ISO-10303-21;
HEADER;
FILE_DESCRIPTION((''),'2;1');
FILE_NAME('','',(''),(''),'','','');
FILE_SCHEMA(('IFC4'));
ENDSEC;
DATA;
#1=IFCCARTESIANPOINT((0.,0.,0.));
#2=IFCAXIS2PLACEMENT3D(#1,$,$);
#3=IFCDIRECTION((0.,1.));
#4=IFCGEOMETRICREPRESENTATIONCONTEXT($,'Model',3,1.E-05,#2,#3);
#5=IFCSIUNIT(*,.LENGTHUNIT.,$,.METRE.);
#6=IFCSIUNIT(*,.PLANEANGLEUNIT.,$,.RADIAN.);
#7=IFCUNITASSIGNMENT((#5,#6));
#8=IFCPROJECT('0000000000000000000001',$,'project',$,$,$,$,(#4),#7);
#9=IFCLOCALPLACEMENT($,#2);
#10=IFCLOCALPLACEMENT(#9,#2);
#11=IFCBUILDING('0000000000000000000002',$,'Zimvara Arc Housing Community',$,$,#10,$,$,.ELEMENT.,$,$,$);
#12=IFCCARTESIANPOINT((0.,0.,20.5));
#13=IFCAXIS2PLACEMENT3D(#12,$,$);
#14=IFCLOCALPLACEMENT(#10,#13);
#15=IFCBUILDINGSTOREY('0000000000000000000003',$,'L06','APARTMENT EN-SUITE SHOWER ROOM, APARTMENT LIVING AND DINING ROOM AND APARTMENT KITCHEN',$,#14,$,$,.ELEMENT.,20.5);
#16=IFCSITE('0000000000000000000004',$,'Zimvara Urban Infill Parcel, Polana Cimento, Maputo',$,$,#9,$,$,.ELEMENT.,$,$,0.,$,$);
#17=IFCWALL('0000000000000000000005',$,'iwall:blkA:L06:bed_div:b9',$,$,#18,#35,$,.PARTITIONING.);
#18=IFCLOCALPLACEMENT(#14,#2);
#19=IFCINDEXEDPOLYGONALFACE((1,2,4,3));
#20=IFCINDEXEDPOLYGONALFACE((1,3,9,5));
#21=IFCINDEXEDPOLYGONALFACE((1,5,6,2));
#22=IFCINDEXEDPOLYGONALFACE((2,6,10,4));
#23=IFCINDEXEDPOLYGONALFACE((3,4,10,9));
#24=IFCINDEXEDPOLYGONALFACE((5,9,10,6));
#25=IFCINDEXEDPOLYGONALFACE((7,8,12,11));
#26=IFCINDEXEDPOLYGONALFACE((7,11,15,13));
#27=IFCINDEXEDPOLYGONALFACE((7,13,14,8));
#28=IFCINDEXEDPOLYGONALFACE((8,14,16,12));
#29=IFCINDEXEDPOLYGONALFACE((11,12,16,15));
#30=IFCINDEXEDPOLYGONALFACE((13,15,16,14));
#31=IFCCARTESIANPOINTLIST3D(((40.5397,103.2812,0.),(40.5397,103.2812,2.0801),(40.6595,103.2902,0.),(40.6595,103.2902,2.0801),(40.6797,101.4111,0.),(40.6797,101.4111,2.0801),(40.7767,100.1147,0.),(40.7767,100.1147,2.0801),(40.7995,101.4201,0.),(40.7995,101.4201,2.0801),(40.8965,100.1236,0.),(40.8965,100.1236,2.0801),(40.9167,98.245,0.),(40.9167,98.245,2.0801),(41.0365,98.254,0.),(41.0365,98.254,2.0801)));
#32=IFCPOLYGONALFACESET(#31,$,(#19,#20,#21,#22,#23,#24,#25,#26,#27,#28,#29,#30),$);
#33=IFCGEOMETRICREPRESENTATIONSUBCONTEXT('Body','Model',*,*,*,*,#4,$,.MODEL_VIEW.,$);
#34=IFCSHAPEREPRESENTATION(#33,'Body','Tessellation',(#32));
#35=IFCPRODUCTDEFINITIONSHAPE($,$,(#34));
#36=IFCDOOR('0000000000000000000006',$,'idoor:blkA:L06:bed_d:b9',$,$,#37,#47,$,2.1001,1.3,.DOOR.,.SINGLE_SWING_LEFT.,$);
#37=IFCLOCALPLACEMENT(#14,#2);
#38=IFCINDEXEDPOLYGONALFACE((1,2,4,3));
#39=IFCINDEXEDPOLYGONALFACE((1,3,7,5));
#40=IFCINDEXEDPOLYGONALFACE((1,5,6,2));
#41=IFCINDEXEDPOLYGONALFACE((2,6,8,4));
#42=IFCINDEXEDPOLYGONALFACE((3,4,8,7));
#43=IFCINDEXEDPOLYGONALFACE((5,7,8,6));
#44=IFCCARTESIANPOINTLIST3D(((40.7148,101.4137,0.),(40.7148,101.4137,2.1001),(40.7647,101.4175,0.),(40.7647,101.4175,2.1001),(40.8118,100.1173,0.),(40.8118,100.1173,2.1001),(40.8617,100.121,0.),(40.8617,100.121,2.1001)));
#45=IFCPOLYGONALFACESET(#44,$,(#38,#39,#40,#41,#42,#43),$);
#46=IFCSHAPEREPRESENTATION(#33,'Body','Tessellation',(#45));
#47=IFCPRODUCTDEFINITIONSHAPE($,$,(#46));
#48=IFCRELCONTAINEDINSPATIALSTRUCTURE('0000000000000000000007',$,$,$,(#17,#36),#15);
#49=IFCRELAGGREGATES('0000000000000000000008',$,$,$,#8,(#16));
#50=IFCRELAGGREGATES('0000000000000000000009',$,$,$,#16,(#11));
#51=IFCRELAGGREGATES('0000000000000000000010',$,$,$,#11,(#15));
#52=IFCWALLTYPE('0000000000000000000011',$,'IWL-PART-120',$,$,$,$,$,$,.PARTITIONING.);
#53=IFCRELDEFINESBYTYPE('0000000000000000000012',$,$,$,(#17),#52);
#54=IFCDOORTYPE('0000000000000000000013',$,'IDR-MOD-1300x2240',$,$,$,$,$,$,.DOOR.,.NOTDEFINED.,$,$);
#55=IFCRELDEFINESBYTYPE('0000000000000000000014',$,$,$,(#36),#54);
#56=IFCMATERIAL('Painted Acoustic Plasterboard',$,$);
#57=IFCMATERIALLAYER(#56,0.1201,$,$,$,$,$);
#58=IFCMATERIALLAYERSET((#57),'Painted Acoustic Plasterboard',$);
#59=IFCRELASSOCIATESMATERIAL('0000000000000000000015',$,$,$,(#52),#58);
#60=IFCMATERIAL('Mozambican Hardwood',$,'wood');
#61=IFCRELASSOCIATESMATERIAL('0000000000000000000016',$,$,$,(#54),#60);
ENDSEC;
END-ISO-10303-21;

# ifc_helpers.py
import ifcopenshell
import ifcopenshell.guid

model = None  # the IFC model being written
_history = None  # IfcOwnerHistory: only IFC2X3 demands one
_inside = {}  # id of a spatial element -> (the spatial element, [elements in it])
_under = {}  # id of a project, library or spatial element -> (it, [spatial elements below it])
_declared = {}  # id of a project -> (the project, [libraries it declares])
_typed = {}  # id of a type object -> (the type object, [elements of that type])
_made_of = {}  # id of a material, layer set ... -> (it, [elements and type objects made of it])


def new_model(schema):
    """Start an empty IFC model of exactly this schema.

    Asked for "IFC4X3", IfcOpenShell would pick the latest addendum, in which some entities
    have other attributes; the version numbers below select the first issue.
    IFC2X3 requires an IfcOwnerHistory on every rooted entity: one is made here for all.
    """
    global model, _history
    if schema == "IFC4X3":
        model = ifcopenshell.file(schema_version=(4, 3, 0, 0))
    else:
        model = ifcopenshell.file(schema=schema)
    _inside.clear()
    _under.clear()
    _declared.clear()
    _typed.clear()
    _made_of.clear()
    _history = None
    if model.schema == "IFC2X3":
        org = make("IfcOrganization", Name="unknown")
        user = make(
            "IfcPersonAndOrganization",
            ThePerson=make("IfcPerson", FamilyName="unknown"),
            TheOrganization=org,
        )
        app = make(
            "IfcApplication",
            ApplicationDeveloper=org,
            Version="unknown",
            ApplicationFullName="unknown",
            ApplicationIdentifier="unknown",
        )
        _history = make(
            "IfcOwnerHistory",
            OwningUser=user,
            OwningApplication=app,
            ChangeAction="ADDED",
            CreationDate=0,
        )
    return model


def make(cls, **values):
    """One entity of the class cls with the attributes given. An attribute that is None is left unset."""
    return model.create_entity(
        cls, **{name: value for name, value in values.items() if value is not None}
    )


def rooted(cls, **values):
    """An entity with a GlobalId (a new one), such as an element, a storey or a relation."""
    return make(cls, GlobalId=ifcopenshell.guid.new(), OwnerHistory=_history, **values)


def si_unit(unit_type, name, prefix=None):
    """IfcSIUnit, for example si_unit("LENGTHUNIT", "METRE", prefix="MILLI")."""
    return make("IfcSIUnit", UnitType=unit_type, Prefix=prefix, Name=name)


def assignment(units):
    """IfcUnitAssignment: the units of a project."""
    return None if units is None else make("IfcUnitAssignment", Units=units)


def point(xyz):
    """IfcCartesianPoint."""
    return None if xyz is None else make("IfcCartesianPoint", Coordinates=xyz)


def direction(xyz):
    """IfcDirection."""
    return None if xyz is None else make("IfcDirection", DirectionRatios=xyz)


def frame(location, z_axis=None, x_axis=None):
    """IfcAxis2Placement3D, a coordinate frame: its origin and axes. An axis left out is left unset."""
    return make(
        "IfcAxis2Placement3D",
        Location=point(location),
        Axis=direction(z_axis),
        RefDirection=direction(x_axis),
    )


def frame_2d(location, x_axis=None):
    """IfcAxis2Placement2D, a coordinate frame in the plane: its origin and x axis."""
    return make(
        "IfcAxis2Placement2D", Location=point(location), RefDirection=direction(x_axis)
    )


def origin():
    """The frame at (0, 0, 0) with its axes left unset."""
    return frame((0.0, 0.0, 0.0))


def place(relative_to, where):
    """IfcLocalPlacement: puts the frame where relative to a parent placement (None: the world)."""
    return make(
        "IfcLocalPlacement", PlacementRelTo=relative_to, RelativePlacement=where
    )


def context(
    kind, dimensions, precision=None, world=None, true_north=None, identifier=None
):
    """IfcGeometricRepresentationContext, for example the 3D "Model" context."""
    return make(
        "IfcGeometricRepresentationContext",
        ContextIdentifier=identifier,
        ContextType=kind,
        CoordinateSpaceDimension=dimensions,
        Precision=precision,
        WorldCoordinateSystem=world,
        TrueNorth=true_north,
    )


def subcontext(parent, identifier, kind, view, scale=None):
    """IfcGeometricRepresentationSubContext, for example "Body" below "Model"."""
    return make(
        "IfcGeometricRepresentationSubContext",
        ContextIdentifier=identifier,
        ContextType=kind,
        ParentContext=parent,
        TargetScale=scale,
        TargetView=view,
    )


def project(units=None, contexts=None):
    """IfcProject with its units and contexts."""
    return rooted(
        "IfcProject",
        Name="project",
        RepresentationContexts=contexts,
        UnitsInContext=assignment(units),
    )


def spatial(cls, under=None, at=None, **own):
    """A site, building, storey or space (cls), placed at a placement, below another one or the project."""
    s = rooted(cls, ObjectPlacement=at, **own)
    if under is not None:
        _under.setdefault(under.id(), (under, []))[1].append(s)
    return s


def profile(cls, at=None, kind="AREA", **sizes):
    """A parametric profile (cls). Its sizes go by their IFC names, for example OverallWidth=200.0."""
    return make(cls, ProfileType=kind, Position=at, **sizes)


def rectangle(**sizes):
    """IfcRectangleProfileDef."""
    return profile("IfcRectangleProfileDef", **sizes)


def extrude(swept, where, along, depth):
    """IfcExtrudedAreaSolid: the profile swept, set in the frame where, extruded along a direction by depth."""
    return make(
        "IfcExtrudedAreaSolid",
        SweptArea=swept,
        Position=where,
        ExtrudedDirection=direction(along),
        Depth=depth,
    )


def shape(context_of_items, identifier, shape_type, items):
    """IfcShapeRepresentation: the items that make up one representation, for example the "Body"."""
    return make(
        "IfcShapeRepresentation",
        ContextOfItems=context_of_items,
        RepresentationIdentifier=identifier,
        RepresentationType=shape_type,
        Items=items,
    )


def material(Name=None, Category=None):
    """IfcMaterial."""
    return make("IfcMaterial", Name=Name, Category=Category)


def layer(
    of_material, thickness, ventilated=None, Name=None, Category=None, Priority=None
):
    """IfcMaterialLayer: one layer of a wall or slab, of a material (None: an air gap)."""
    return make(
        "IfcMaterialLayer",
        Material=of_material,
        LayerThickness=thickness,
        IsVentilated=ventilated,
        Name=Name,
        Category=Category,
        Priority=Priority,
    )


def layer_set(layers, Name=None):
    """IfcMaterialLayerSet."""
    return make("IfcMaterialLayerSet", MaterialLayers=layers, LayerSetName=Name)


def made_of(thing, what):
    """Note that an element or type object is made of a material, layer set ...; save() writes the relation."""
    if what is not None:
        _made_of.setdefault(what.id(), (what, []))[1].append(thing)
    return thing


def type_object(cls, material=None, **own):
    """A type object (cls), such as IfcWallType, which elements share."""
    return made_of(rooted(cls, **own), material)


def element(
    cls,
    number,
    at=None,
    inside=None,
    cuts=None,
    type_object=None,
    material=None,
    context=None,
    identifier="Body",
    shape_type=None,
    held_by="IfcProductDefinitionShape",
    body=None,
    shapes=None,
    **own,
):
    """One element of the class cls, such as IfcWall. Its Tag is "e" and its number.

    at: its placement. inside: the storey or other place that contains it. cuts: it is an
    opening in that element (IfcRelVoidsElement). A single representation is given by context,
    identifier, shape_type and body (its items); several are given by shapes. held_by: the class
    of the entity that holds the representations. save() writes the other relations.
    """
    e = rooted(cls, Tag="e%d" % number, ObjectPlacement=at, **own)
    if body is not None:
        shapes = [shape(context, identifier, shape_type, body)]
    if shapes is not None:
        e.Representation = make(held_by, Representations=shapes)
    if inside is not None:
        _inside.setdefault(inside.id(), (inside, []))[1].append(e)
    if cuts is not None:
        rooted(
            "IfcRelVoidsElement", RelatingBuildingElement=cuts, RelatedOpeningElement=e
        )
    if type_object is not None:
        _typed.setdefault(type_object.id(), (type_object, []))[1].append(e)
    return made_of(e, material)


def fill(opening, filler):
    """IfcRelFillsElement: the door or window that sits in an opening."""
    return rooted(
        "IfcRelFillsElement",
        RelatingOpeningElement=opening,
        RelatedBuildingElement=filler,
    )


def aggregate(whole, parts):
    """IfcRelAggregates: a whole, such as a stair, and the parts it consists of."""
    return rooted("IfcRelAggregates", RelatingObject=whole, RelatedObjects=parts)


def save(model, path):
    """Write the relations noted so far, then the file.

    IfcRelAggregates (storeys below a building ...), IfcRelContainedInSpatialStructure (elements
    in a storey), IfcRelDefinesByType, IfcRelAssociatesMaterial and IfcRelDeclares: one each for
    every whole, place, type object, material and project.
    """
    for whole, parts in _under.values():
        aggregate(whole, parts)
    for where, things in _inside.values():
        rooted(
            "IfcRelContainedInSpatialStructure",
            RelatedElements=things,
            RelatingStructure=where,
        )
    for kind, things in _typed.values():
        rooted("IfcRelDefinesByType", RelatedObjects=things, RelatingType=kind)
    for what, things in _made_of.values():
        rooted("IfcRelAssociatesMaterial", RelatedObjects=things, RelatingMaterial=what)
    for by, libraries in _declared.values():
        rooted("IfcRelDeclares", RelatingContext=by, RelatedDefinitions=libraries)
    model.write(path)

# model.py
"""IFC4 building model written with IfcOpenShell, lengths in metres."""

from ifc_helpers import new_model, si_unit, direction, frame, frame_2d, origin, place, context, subcontext, project, spatial, rectangle, extrude, material, layer, layer_set, type_object, element, fill, save


model = new_model("IFC4")

# Units and contexts
model_context = context("Model", 3, precision=1e-05, world=origin(), true_north=direction((0.0, 1.0)))
body_context = subcontext(model_context, "Body", "Model", "MODEL_VIEW")
ifc_project = project(units=[si_unit("LENGTHUNIT", "METRE"), si_unit("PLANEANGLEUNIT", "RADIAN")], contexts=[model_context])

# Site, building, storey
site_placement = place(None, origin())
site = spatial("IfcSite", under=ifc_project, at=site_placement, Name="Zimvara Urban Infill Parcel, Polana Cimento, Maputo", CompositionType="ELEMENT", RefElevation=0.0)
building_placement = place(site_placement, origin())
building = spatial("IfcBuilding", under=site, at=building_placement, Name="Zimvara Arc Housing Community", CompositionType="ELEMENT")
storey_placement = place(building_placement, frame((0.0, 0.0, 20.5)))
storey = spatial("IfcBuildingStorey", under=building, at=storey_placement, Name="L06", Description="APARTMENT EN-SUITE SHOWER ROOM, APARTMENT LIVING AND DINING ROOM AND APARTMENT KITCHEN", CompositionType="ELEMENT", Elevation=20.5)

# Wall, opening, door
ifc_material_1 = material(Name="Painted Acoustic Plasterboard")
ifc_layer_1 = layer(ifc_material_1, 0.1201)
ifc_layer_set_1 = layer_set([ifc_layer_1], Name="Painted Acoustic Plasterboard")
wall_type_1 = type_object("IfcWallType", Name="IWL-PART-120", PredefinedType="PARTITIONING", material=ifc_layer_set_1)
wall_1_placement = place(storey_placement, frame((40.9766, 98.2495, 0.0), z_axis=(0.0, 0.0, 1.0), x_axis=(-0.074641, 0.99721, 0.0)))
wall_1 = element("IfcWall", 1, at=wall_1_placement, inside=storey, type_object=wall_type_1, Name="iwall:blkA:L06:bed_div:b9", PredefinedType="PARTITIONING", context=body_context, shape_type="SweptSolid", body=[
    extrude(rectangle(XDim=5.0503, YDim=0.1201, at=frame_2d((2.5251, 0.0))), origin(), (0.0, 0.0, 1.0), 2.0801),
])
opening_1_placement = place(wall_1_placement, frame((1.875, 0.0, 0.0)))
opening_1 = element("IfcOpeningElement", 2, at=opening_1_placement, cuts=wall_1, PredefinedType="OPENING", context=body_context, shape_type="SweptSolid", body=[
    extrude(rectangle(XDim=1.3, YDim=2.1001, at=frame_2d((0.6499, 1.05))), frame((0.0, 0.0701, 0.0), z_axis=(0.0, -1.0, 0.0), x_axis=(1.0, 0.0, 0.0)), (0.0, 0.0, 1.0), 0.1401),
])
ifc_material_2 = material(Name="Mozambican Hardwood", Category="wood")
door_type_1 = type_object("IfcDoorType", Name="IDR-MOD-1300x2240", OperationType="NOTDEFINED", PredefinedType="DOOR", material=ifc_material_2)
door_1_placement = place(opening_1_placement, origin())
door_1 = element("IfcDoor", 3, at=door_1_placement, inside=storey, type_object=door_type_1, Name="idoor:blkA:L06:bed_d:b9", OperationType="SINGLE_SWING_LEFT", OverallHeight=2.1001, OverallWidth=1.3, PredefinedType="DOOR", context=body_context, shape_type="SweptSolid", body=[
    extrude(rectangle(XDim=1.3, YDim=2.1001, at=frame_2d((0.6499, 1.05))), frame((0.0, 0.0249, 0.0), z_axis=(0.0, -1.0, 0.0), x_axis=(1.0, 0.0, 0.0)), (0.0, 0.0, 1.0), 0.05),
])
fill(opening_1, door_1)

save(model, "model.ifc")
